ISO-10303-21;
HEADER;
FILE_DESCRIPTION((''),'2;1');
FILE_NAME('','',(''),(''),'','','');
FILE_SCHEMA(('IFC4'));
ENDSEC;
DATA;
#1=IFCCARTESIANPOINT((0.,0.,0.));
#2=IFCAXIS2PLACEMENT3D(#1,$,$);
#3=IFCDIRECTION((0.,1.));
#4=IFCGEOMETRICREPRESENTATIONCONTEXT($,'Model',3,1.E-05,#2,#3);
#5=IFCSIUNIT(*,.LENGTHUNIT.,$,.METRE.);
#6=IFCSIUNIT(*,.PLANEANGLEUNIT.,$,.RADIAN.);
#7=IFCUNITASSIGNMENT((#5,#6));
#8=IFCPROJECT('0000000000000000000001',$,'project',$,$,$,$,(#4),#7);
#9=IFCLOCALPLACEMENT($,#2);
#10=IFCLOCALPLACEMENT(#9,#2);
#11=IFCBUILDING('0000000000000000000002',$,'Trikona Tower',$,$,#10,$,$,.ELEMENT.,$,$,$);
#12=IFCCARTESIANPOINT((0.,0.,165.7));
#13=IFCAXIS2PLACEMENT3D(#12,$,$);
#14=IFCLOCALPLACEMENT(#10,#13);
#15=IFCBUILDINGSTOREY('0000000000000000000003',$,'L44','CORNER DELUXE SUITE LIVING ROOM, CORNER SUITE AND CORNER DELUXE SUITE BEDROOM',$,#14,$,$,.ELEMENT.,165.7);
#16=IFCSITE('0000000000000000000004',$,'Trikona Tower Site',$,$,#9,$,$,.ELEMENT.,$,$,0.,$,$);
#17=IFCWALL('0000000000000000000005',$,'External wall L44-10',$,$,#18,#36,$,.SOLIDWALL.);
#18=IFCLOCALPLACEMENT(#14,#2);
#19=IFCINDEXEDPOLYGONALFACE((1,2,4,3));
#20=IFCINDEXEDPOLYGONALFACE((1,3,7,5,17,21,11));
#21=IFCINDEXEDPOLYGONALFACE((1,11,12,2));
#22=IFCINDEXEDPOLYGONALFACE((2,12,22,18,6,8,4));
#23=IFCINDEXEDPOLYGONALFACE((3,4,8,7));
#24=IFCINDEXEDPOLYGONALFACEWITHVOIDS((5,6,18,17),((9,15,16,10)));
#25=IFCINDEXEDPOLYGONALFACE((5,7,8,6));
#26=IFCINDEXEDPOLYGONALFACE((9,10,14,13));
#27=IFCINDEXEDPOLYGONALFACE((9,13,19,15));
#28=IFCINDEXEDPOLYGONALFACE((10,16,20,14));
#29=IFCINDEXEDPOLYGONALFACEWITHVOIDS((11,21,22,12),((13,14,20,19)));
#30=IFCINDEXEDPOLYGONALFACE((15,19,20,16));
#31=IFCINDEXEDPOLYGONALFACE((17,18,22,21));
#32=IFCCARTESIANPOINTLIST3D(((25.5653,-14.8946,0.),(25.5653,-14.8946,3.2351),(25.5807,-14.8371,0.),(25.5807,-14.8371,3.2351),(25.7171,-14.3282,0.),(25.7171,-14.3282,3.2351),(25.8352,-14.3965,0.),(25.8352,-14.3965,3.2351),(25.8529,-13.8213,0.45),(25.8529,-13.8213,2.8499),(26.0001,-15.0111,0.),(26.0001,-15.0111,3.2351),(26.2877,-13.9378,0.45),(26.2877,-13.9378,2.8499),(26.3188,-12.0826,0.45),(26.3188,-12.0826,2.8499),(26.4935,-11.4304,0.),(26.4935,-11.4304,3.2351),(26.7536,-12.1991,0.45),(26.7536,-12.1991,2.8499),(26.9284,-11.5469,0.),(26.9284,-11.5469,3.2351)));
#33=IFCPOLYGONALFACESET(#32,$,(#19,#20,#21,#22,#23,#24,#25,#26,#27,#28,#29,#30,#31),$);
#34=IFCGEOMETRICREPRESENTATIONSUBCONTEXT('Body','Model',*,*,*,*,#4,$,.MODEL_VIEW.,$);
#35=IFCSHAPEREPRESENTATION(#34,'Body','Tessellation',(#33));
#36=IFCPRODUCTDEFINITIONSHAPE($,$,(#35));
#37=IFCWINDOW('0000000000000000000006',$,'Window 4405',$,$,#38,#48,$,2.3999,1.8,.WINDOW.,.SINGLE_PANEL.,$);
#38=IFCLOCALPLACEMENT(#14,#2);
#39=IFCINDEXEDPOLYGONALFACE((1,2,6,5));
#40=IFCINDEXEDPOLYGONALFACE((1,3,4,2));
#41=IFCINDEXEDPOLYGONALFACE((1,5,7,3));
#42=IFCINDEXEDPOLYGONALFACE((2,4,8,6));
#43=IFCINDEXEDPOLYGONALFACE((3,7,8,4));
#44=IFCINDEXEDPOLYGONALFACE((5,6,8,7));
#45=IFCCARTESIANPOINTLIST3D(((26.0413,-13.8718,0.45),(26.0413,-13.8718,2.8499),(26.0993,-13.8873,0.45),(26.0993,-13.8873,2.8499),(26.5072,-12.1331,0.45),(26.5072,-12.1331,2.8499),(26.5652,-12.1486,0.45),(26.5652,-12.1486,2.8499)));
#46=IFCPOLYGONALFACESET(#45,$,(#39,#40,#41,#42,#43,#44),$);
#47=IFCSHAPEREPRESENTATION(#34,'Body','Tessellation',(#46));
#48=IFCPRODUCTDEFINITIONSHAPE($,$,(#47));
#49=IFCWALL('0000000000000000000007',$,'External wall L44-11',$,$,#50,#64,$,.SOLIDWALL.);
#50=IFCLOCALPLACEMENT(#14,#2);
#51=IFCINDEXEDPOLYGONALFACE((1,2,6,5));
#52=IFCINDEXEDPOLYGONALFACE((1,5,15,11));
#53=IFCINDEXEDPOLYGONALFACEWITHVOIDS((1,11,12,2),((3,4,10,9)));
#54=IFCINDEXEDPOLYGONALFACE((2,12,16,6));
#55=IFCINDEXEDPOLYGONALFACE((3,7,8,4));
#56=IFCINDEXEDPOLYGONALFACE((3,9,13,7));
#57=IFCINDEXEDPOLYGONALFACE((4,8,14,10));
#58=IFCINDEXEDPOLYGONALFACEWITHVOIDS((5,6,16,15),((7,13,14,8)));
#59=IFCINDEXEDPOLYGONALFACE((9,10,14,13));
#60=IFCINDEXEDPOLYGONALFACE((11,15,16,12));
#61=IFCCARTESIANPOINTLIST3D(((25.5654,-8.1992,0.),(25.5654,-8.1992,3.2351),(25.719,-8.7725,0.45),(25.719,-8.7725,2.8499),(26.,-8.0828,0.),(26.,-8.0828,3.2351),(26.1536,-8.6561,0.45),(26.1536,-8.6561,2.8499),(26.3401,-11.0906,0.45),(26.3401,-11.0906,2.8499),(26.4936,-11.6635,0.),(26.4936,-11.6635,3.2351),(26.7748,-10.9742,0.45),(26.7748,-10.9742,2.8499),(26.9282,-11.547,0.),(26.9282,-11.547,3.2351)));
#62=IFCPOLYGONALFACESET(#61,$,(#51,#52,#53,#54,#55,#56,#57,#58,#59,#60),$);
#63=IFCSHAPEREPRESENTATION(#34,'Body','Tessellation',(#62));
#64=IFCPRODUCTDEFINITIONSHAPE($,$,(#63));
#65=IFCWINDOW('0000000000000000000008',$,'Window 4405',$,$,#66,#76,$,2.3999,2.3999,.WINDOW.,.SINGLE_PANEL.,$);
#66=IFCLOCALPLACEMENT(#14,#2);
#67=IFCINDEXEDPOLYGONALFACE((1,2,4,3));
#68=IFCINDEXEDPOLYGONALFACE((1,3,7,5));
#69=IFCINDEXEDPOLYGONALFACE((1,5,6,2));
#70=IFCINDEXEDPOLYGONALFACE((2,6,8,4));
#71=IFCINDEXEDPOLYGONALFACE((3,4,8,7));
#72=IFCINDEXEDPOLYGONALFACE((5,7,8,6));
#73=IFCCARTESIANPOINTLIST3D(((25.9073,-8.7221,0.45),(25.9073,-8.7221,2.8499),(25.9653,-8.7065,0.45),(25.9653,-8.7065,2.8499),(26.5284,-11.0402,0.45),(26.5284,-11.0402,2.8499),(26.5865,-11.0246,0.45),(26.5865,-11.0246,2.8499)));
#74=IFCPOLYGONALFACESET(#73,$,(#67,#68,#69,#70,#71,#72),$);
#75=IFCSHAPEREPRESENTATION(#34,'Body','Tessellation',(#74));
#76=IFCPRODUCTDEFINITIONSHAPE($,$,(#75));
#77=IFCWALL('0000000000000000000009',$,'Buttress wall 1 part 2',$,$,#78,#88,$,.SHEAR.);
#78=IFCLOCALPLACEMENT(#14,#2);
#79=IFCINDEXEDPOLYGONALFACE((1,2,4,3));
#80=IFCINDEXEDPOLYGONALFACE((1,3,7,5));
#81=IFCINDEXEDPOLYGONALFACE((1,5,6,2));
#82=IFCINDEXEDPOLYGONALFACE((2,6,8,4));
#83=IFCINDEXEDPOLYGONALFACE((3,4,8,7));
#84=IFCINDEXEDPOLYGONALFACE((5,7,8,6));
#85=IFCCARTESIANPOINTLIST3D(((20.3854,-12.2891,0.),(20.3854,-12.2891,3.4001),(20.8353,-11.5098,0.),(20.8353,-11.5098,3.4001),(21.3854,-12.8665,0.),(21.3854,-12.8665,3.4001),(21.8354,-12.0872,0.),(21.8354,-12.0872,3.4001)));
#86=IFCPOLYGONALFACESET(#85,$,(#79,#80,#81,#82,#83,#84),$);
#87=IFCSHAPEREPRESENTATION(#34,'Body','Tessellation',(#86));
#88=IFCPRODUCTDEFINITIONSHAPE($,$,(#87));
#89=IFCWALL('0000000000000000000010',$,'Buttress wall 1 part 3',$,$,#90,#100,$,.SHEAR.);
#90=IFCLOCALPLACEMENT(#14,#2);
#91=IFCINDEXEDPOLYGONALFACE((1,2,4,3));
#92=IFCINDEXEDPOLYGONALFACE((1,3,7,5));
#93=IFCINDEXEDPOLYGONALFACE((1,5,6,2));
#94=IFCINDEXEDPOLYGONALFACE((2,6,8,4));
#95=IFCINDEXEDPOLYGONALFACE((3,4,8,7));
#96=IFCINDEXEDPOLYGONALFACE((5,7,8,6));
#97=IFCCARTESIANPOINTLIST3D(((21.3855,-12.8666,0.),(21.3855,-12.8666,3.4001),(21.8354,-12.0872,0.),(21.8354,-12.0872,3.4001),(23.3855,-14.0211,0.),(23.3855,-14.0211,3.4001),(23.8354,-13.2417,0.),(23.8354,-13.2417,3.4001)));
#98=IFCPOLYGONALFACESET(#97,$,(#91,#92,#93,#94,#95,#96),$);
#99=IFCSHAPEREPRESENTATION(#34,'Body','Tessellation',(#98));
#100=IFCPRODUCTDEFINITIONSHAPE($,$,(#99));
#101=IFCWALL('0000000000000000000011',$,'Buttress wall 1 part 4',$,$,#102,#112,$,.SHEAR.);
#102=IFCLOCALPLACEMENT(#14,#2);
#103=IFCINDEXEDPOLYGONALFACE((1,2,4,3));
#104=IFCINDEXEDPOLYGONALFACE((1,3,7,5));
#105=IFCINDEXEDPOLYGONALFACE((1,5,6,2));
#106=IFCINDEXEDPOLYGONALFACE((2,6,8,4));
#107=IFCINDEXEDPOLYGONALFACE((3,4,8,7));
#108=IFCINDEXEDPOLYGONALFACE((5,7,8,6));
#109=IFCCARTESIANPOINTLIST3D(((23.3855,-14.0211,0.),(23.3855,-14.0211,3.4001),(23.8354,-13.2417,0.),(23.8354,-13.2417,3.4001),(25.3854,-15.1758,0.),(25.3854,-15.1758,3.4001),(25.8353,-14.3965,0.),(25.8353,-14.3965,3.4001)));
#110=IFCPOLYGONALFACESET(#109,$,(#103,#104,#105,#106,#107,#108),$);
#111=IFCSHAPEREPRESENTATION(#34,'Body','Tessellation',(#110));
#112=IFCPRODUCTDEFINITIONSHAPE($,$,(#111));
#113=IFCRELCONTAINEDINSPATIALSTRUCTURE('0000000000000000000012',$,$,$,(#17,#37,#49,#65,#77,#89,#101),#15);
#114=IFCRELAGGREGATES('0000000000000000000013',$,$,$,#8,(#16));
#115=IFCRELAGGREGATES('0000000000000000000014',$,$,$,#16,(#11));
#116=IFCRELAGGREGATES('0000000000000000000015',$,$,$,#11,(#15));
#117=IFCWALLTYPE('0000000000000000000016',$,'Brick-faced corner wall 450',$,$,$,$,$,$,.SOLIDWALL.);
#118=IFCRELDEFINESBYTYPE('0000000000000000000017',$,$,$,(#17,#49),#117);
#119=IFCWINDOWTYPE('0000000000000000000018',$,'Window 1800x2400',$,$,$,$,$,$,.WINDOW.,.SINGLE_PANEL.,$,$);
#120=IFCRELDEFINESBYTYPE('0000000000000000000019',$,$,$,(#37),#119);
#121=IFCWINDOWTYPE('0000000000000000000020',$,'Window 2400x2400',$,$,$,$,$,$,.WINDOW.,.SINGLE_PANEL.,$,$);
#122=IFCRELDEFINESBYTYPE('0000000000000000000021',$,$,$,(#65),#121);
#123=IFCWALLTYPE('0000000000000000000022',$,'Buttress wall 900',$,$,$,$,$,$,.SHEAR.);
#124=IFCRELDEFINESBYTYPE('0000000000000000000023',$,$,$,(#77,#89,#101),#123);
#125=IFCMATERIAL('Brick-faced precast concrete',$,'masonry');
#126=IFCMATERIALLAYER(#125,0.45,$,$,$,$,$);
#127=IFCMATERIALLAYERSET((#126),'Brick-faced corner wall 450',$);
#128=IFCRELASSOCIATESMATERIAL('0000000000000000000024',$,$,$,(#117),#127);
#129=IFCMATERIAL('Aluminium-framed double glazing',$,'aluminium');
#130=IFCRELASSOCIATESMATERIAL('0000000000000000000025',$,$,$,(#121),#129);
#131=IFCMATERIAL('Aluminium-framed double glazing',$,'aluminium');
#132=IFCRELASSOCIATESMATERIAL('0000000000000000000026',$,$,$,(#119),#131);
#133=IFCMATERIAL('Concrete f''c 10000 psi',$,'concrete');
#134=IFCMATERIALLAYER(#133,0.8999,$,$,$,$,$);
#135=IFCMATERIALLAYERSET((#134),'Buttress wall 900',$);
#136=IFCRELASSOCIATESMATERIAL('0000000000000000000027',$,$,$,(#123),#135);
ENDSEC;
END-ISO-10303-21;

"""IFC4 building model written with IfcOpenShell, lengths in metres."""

from ifc_helpers import new_model, si_unit, direction, frame, frame_2d, origin, place, context, subcontext, project, spatial, polyline, rectangle, outline, extrude, material, layer, layer_set, type_object, element, fill, save


model = new_model("IFC4")

# Units and contexts
model_context = context("Model", 3, precision=1e-05, world=origin(), true_north=direction((0.0, 1.0)))
body_context = subcontext(model_context, "Body", "Model", "MODEL_VIEW")
ifc_project = project(units=[si_unit("LENGTHUNIT", "METRE"), si_unit("PLANEANGLEUNIT", "RADIAN")], contexts=[model_context])

# Site, building, storey
site_placement = place(None, origin())
site = spatial("IfcSite", under=ifc_project, at=site_placement, Name="Trikona Tower Site", CompositionType="ELEMENT", RefElevation=0.0)
building_placement = place(site_placement, origin())
building = spatial("IfcBuilding", under=site, at=building_placement, Name="Trikona Tower", CompositionType="ELEMENT")
storey_placement = place(building_placement, frame((0.0, 0.0, 165.7)))
storey = spatial("IfcBuildingStorey", under=building, at=storey_placement, Name="L44", Description="CORNER DELUXE SUITE LIVING ROOM, CORNER SUITE AND CORNER DELUXE SUITE BEDROOM", CompositionType="ELEMENT", Elevation=165.7)

# Walls, openings, windows
ifc_material_1 = material(Name="Brick-faced precast concrete", Category="masonry")
ifc_layer_1 = layer(ifc_material_1, 0.45)
ifc_layer_set_1 = layer_set([ifc_layer_1], Name="Brick-faced corner wall 450")
wall_type_1 = type_object("IfcWallType", Name="Brick-faced corner wall 450", PredefinedType="SOLIDWALL", material=ifc_layer_set_1)
ifc_material_2 = material(Name="Aluminium-framed double glazing", Category="aluminium")
window_type_1 = type_object("IfcWindowType", Name="Window 2400x2400", PartitioningType="SINGLE_PANEL", PredefinedType="WINDOW", material=ifc_material_2)
ifc_material_3 = material(Name="Aluminium-framed double glazing", Category="aluminium")
window_type_2 = type_object("IfcWindowType", Name="Window 1800x2400", PartitioningType="SINGLE_PANEL", PredefinedType="WINDOW", material=ifc_material_3)
wall_1_placement = place(storey_placement, frame((25.7827, -14.9529, 0.0), z_axis=(0.0, 0.0, 1.0), x_axis=(0.258823, 0.965925, 0.0)))
wall_1 = element("IfcWall", 1, at=wall_1_placement, inside=storey, type_object=wall_type_1, Name="External wall L44-10", PredefinedType="SOLIDWALL", context=body_context, shape_type="SweptSolid", body=[
    extrude(outline(polyline([(3.5864, 0.2251), (0.5864, 0.2251), (0.551, 0.0933), (0.0596, 0.2251), (0.0, 0.2251), (0.0, -0.2251), (3.5864, -0.2251), (3.5864, 0.2251)])), origin(), (0.0, 0.0, 1.0), 3.2351),
])
opening_1_placement = place(wall_1_placement, frame((1.1113, 0.0, 0.45)))
opening_1 = element("IfcOpeningElement", 2, at=opening_1_placement, cuts=wall_1, PredefinedType="OPENING", context=body_context, shape_type="SweptSolid", body=[
    extrude(rectangle(XDim=1.8, YDim=2.3999, at=frame_2d((0.8999, 1.2))), frame((0.0, 0.2349, 0.0), z_axis=(0.0, -1.0, 0.0), x_axis=(1.0, 0.0, 0.0)), (0.0, 0.0, 1.0), 0.47),
])
window_1_placement = place(opening_1_placement, origin())
window_1 = element("IfcWindow", 3, at=window_1_placement, inside=storey, type_object=window_type_2, Name="Window 4405", OverallHeight=2.3999, OverallWidth=1.8, PartitioningType="SINGLE_PANEL", PredefinedType="WINDOW", context=body_context, shape_type="SweptSolid", body=[
    extrude(rectangle(XDim=1.8, YDim=2.3999, at=frame_2d((0.8999, 1.2))), frame((0.0, 0.03, 0.0), z_axis=(0.0, -1.0, 0.0), x_axis=(1.0, 0.0, 0.0)), (0.0, 0.0, 1.0), 0.0601),
])
fill(opening_1, window_1)
wall_2_placement = place(storey_placement, frame((26.7109, -11.6052, 0.0), z_axis=(0.0, 0.0, 1.0), x_axis=(-0.258823, 0.965925, 0.0)))
wall_2 = element("IfcWall", 4, at=wall_2_placement, inside=storey, type_object=wall_type_1, Name="External wall L44-11", PredefinedType="SOLIDWALL", context=body_context, shape_type="SweptSolid", body=[
    extrude(rectangle(XDim=3.5864, YDim=0.45, at=frame_2d((1.7932, 0.0))), origin(), (0.0, 0.0, 1.0), 3.2351),
])
opening_2_placement = place(wall_2_placement, frame((0.593, 0.0, 0.45)))
opening_2 = element("IfcOpeningElement", 5, at=opening_2_placement, cuts=wall_2, PredefinedType="OPENING", context=body_context, shape_type="SweptSolid", body=[
    extrude(rectangle(XDim=2.3999, YDim=2.3999, at=frame_2d((1.2, 1.2))), frame((0.0, 0.2349, 0.0), z_axis=(0.0, -1.0, 0.0), x_axis=(1.0, 0.0, 0.0)), (0.0, 0.0, 1.0), 0.47),
])
window_2_placement = place(opening_2_placement, origin())
window_2 = element("IfcWindow", 6, at=window_2_placement, inside=storey, type_object=window_type_1, Name="Window 4405", OverallHeight=2.3999, OverallWidth=2.3999, PartitioningType="SINGLE_PANEL", PredefinedType="WINDOW", context=body_context, shape_type="SweptSolid", body=[
    extrude(rectangle(XDim=2.3999, YDim=2.3999, at=frame_2d((1.2, 1.2))), frame((0.0, 0.03, 0.0), z_axis=(0.0, -1.0, 0.0), x_axis=(1.0, 0.0, 0.0)), (0.0, 0.0, 1.0), 0.0601),
])
fill(opening_2, window_2)

# Walls
ifc_material_4 = material(Name="Concrete f'c 10000 psi", Category="concrete")
ifc_layer_2 = layer(ifc_material_4, 0.8999)
ifc_layer_set_2 = layer_set([ifc_layer_2], Name="Buttress wall 900")
wall_type_2 = type_object("IfcWallType", Name="Buttress wall 900", PredefinedType="SHEAR", material=ifc_layer_set_2)
wall_3_placement = place(storey_placement, frame((20.6104, -11.8994, 0.0), z_axis=(0.0, 0.0, 1.0), x_axis=(0.86601, -0.500027, 0.0)))
element("IfcWall", 7, at=wall_3_placement, inside=storey, type_object=wall_type_2, Name="Buttress wall 1 part 2", PredefinedType="SHEAR", context=body_context, shape_type="SweptSolid", body=[
    extrude(rectangle(XDim=1.1548, YDim=0.8999, at=frame_2d((0.5774, 0.0))), origin(), (0.0, 0.0, 1.0), 3.4001),
])
for number, where, z_axis, x_axis, name in (
    (8, (21.6104, -12.4768, 0.0), (0.0, 0.0, 1.0), (0.866055, -0.499948, 0.0), "Buttress wall 1 part 3"),
    (9, (23.6104, -13.6313, 0.0), (0.0, 0.0, 1.0), (0.86601, -0.500027, 0.0), "Buttress wall 1 part 4"),
):
    element("IfcWall", number, at=place(storey_placement, frame(where, z_axis=z_axis, x_axis=x_axis)), inside=storey, type_object=wall_type_2, Name=name, PredefinedType="SHEAR", context=body_context, shape_type="SweptSolid", body=[
        extrude(rectangle(XDim=2.3093, YDim=0.8999, at=frame_2d((1.1548, 0.0))), origin(), (0.0, 0.0, 1.0), 3.4001),
    ])

save(model, "model.ifc")
